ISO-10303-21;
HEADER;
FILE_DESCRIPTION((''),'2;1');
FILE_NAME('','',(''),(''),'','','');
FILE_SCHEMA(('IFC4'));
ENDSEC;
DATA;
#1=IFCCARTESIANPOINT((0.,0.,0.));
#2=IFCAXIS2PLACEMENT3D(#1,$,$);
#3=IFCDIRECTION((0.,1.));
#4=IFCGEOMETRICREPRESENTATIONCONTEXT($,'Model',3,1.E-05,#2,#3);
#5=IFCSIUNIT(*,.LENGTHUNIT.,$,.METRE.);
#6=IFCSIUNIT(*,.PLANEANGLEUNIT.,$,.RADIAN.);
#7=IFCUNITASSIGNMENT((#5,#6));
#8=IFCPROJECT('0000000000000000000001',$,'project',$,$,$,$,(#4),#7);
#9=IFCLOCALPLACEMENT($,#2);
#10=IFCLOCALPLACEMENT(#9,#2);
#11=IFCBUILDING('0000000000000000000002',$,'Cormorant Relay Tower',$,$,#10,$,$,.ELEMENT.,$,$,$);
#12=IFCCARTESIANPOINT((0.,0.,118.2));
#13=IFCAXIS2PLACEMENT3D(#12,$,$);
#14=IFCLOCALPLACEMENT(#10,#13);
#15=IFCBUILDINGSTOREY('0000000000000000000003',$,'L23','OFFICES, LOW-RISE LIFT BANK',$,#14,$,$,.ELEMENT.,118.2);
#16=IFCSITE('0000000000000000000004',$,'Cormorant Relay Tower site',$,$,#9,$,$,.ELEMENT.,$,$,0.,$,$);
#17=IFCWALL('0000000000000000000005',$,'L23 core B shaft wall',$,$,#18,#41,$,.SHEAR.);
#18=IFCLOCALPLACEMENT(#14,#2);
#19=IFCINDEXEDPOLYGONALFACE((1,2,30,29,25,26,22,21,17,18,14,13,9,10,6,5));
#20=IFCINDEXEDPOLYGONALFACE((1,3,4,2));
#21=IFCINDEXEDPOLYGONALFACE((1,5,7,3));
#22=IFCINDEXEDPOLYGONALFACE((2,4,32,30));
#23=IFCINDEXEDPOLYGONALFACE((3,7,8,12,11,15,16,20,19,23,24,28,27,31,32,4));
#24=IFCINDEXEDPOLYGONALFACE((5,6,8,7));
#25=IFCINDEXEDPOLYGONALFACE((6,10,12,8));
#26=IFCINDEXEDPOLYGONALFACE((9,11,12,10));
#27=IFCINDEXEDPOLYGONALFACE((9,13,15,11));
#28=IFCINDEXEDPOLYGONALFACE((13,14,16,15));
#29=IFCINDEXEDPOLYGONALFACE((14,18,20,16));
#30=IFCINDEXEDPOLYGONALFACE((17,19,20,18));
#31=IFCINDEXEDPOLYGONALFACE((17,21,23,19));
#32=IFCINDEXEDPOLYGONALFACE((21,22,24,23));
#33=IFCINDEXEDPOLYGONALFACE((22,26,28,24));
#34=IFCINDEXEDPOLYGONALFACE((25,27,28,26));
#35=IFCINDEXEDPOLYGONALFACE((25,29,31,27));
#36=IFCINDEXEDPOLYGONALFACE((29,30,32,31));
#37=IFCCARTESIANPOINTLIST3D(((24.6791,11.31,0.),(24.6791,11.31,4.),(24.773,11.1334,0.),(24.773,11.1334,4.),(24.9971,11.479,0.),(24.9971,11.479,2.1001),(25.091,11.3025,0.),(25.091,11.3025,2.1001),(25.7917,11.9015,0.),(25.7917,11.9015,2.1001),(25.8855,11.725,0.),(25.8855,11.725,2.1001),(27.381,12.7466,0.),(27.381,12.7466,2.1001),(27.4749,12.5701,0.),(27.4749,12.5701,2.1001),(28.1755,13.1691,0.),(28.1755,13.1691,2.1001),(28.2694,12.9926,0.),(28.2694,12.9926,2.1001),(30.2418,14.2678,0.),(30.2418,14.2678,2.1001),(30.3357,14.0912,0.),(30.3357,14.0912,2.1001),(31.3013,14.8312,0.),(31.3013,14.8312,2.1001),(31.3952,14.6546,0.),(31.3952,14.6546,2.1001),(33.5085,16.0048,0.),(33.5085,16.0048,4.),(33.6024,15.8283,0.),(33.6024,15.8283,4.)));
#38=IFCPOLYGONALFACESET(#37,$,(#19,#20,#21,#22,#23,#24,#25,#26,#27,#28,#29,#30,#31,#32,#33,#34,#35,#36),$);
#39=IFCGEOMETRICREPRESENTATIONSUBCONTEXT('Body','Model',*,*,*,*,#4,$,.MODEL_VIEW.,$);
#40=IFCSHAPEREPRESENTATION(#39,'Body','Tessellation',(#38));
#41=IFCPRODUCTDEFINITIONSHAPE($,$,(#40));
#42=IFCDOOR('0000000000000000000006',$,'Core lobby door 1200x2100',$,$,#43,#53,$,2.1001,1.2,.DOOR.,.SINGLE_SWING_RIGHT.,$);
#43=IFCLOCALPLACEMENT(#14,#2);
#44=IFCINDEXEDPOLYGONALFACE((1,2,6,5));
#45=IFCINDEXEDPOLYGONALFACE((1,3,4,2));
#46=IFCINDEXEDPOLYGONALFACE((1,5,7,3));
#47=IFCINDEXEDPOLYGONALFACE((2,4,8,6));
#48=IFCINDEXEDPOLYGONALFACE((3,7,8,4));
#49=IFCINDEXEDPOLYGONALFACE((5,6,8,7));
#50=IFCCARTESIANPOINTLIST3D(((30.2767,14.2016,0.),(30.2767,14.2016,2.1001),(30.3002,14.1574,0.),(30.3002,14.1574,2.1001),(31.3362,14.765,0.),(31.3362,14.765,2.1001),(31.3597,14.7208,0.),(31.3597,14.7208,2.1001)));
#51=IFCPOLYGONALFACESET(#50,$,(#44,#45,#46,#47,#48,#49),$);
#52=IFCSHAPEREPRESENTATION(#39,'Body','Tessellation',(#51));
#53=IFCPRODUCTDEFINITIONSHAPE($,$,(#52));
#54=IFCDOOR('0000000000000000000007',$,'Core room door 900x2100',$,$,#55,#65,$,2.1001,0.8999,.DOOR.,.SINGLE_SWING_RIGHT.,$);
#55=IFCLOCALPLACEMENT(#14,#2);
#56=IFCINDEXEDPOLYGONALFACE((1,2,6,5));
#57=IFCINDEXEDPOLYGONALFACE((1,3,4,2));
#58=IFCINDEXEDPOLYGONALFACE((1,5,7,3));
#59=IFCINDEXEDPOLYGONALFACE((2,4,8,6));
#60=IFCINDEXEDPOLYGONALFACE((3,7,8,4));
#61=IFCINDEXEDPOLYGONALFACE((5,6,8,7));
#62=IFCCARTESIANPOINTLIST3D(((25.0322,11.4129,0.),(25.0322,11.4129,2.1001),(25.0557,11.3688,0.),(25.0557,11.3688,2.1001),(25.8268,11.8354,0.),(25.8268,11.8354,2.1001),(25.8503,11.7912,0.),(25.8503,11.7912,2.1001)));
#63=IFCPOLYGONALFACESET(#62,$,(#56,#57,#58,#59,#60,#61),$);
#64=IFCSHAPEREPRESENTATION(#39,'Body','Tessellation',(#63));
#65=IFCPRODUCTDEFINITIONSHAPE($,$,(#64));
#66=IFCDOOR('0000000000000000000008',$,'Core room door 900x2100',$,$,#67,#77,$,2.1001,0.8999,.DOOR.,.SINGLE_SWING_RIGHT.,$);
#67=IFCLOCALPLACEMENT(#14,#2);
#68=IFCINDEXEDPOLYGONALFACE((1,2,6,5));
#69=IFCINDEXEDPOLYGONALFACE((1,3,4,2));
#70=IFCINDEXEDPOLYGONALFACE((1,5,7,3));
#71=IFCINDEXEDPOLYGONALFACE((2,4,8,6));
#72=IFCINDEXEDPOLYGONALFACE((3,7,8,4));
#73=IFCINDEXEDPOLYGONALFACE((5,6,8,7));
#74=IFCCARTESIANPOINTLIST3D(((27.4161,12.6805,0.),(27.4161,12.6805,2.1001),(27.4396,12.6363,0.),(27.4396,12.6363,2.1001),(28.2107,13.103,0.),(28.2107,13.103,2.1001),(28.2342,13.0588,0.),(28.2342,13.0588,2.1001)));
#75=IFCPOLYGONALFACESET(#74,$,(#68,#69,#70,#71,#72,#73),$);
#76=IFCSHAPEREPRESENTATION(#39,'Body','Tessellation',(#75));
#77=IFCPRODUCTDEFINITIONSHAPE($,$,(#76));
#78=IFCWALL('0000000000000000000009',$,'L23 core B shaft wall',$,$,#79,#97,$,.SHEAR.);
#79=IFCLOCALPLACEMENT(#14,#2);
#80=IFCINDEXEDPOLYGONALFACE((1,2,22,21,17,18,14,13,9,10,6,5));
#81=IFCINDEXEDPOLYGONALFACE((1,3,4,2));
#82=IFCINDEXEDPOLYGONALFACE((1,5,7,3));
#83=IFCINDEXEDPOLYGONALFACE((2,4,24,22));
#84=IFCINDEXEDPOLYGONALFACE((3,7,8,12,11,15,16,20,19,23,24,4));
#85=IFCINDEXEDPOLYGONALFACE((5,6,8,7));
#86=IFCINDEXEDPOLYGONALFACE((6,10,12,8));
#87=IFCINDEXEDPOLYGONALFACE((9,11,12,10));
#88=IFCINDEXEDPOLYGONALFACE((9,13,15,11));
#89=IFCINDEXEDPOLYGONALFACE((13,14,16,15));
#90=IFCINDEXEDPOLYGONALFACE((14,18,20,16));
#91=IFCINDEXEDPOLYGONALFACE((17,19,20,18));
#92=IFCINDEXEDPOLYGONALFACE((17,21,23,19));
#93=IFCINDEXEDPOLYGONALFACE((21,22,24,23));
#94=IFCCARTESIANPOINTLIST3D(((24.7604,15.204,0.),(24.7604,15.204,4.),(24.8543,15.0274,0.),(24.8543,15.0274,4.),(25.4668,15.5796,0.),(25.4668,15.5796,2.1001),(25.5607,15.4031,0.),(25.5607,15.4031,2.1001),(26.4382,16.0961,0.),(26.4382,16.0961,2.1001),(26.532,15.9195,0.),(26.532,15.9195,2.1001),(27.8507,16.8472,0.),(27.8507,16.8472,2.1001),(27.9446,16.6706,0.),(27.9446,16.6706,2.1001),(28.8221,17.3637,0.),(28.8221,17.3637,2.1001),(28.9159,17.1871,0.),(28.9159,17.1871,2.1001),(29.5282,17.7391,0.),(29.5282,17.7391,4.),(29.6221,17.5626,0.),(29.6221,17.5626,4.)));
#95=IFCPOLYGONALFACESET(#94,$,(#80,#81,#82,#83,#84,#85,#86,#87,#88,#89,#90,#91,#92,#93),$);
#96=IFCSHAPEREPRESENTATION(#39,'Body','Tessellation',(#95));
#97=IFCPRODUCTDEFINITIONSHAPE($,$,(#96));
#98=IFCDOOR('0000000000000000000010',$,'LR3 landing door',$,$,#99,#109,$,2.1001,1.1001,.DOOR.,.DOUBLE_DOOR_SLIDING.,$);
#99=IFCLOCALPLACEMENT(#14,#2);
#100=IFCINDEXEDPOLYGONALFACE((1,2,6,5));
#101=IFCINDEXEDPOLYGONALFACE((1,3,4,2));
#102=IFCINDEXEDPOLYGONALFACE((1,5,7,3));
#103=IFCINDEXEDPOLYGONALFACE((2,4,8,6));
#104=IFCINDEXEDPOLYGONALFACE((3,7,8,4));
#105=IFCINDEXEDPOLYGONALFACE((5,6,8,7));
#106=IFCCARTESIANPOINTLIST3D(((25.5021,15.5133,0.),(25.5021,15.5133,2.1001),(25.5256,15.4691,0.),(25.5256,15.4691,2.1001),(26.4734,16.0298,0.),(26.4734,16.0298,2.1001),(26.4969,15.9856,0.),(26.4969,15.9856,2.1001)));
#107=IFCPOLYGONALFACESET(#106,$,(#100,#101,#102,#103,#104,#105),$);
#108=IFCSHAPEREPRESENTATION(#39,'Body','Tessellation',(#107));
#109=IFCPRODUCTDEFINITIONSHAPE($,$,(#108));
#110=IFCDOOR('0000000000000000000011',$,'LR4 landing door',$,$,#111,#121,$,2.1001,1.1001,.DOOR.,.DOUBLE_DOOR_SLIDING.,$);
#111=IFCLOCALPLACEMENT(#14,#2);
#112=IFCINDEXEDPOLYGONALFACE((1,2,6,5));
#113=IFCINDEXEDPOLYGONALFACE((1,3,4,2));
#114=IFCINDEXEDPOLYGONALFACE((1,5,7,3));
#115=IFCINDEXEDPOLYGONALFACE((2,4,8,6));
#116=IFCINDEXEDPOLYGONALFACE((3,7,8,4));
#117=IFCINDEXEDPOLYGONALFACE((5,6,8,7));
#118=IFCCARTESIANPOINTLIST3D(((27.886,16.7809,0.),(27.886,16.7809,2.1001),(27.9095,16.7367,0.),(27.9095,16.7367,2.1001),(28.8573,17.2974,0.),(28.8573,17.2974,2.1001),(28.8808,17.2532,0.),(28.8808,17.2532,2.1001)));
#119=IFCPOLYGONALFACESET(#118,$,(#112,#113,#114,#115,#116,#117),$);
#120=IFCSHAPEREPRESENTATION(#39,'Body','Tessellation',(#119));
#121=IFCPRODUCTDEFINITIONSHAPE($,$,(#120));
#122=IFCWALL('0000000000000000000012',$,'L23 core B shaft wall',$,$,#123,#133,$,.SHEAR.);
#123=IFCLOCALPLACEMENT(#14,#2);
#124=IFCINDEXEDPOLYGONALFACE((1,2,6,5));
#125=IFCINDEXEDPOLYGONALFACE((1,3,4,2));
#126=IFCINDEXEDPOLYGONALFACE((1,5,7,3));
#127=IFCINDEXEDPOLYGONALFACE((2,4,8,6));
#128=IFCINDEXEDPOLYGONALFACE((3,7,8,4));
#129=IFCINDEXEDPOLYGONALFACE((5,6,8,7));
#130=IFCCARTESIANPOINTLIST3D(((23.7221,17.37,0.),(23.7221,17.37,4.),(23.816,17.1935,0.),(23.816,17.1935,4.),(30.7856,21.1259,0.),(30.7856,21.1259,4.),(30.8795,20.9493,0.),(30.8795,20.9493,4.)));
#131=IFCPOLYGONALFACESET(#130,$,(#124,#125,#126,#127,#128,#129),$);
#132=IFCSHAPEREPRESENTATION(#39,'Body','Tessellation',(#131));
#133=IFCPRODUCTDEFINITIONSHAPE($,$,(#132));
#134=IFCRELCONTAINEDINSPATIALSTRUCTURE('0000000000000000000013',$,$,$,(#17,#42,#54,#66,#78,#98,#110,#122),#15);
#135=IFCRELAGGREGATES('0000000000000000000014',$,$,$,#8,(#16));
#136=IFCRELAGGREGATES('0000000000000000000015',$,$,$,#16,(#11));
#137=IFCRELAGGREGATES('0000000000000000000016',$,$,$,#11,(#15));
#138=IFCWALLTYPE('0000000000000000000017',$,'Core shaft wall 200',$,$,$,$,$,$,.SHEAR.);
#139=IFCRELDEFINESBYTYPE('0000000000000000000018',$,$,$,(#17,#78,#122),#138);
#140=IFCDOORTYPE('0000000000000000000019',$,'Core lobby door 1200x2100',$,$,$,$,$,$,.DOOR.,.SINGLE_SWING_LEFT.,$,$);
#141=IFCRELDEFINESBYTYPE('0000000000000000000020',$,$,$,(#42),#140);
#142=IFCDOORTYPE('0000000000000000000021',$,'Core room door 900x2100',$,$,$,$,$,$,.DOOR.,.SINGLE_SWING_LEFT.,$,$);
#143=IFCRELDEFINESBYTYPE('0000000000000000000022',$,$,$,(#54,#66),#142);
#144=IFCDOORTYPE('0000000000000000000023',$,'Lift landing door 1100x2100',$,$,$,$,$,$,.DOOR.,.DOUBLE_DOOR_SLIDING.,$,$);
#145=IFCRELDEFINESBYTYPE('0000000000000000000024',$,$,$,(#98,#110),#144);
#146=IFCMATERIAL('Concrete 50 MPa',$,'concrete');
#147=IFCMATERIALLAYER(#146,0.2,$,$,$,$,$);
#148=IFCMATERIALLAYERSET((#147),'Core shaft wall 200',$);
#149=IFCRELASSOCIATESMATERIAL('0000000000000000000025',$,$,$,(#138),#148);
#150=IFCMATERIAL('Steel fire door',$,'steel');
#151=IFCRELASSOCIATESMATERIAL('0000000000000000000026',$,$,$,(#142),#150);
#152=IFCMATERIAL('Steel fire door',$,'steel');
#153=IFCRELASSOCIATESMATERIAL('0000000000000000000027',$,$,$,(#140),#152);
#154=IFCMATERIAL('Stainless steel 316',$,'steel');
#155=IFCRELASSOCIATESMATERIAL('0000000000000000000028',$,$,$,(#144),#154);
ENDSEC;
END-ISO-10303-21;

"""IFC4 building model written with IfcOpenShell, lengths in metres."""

from ifc_helpers import new_model, si_unit, direction, frame, frame_2d, origin, place, context, subcontext, project, spatial, rectangle, extrude, material, layer, layer_set, type_object, element, fill, save


model = new_model("IFC4")

# Units and contexts
model_context = context("Model", 3, precision=1e-05, world=origin(), true_north=direction((0.0, 1.0)))
body_context = subcontext(model_context, "Body", "Model", "MODEL_VIEW")
ifc_project = project(units=[si_unit("LENGTHUNIT", "METRE"), si_unit("PLANEANGLEUNIT", "RADIAN")], contexts=[model_context])

# Site, building, storey
site_placement = place(None, origin())
site = spatial("IfcSite", under=ifc_project, at=site_placement, Name="Cormorant Relay Tower site", CompositionType="ELEMENT", RefElevation=0.0)
building_placement = place(site_placement, origin())
building = spatial("IfcBuilding", under=site, at=building_placement, Name="Cormorant Relay Tower", CompositionType="ELEMENT")
storey_placement = place(building_placement, frame((0.0, 0.0, 118.2)))
storey = spatial("IfcBuildingStorey", under=building, at=storey_placement, Name="L23", Description="OFFICES, LOW-RISE LIFT BANK", CompositionType="ELEMENT", Elevation=118.2)

# Shared definitions
ifc_material_1 = material(Name="Concrete 50 MPa", Category="concrete")
ifc_layer_1 = layer(ifc_material_1, 0.2)
ifc_layer_set_1 = layer_set([ifc_layer_1], Name="Core shaft wall 200")
wall_type_1 = type_object("IfcWallType", Name="Core shaft wall 200", PredefinedType="SHEAR", material=ifc_layer_set_1)

# Shared definitions
ifc_material_2 = material(Name="Steel fire door", Category="steel")
door_type_1 = type_object("IfcDoorType", Name="Core room door 900x2100", OperationType="SINGLE_SWING_LEFT", PredefinedType="DOOR", material=ifc_material_2)

# Walls, openings, doors
wall_1_placement = place(storey_placement, frame((24.7261, 11.2217, 0.0), z_axis=(0.0, 0.0, 1.0), x_axis=(0.88294, 0.469485, 0.0)))
wall_1 = element("IfcWall", 1, at=wall_1_placement, inside=storey, type_object=wall_type_1, Name="L23 core B shaft wall", PredefinedType="SHEAR", context=body_context, shape_type="SweptSolid", body=[
    extrude(rectangle(XDim=10.0, YDim=0.2, at=frame_2d((5.0, 0.0))), origin(), (0.0, 0.0, 1.0), 4.0),
])
opening_1_placement = place(wall_1_placement, frame((6.3, 0.0, 0.0)))
opening_1 = element("IfcOpeningElement", 2, at=opening_1_placement, cuts=wall_1, PredefinedType="OPENING", context=body_context, shape_type="SweptSolid", body=[
    extrude(rectangle(XDim=1.2, YDim=2.1001, at=frame_2d((0.6001, 1.05))), frame((0.0, 0.1099, 0.0), z_axis=(0.0, -1.0, 0.0), x_axis=(1.0, 0.0, 0.0)), (0.0, 0.0, 1.0), 0.22),
])
opening_2_placement = place(wall_1_placement, frame((0.3601, 0.0, 0.0)))
opening_2 = element("IfcOpeningElement", 3, at=opening_2_placement, cuts=wall_1, PredefinedType="OPENING", context=body_context, shape_type="SweptSolid", body=[
    extrude(rectangle(XDim=0.8999, YDim=2.1001, at=frame_2d((0.45, 1.05))), frame((0.0, 0.1099, 0.0), z_axis=(0.0, -1.0, 0.0), x_axis=(1.0, 0.0, 0.0)), (0.0, 0.0, 1.0), 0.22),
])
opening_3_placement = place(wall_1_placement, frame((3.0601, 0.0, 0.0)))
opening_3 = element("IfcOpeningElement", 4, at=opening_3_placement, cuts=wall_1, PredefinedType="OPENING", context=body_context, shape_type="SweptSolid", body=[
    extrude(rectangle(XDim=0.8999, YDim=2.1001, at=frame_2d((0.45, 1.05))), frame((0.0, 0.1099, 0.0), z_axis=(0.0, -1.0, 0.0), x_axis=(1.0, 0.0, 0.0)), (0.0, 0.0, 1.0), 0.22),
])
ifc_material_3 = material(Name="Steel fire door", Category="steel")
door_type_2 = type_object("IfcDoorType", Name="Core lobby door 1200x2100", OperationType="SINGLE_SWING_LEFT", PredefinedType="DOOR", material=ifc_material_3)
door_1_placement = place(opening_1_placement, frame((1.2, 0.0, 0.0), z_axis=(0.0, 0.0, 1.0), x_axis=(-1.0, 0.0, 0.0)))
door_1 = element("IfcDoor", 5, at=door_1_placement, inside=storey, type_object=door_type_2, Name="Core lobby door 1200x2100", OperationType="SINGLE_SWING_RIGHT", OverallHeight=2.1001, OverallWidth=1.2, PredefinedType="DOOR", context=body_context, shape_type="SweptSolid", body=[
    extrude(rectangle(XDim=1.2, YDim=2.1001, at=frame_2d((0.6001, 1.05))), frame((0.0, 0.0249, 0.0), z_axis=(0.0, -1.0, 0.0), x_axis=(1.0, 0.0, 0.0)), (0.0, 0.0, 1.0), 0.05),
])
fill(opening_1, door_1)
door_2_placement = place(opening_2_placement, frame((0.8999, 0.0, 0.0), z_axis=(0.0, 0.0, 1.0), x_axis=(-1.0, 0.0, 0.0)))
door_2 = element("IfcDoor", 6, at=door_2_placement, inside=storey, type_object=door_type_1, Name="Core room door 900x2100", OperationType="SINGLE_SWING_RIGHT", OverallHeight=2.1001, OverallWidth=0.8999, PredefinedType="DOOR", context=body_context, shape_type="SweptSolid", body=[
    extrude(rectangle(XDim=0.8999, YDim=2.1001, at=frame_2d((0.45, 1.05))), frame((0.0, 0.0249, 0.0), z_axis=(0.0, -1.0, 0.0), x_axis=(1.0, 0.0, 0.0)), (0.0, 0.0, 1.0), 0.05),
])
fill(opening_2, door_2)
door_3_placement = place(opening_3_placement, frame((0.8999, 0.0, 0.0), z_axis=(0.0, 0.0, 1.0), x_axis=(-1.0, 0.0, 0.0)))
door_3 = element("IfcDoor", 7, at=door_3_placement, inside=storey, type_object=door_type_1, Name="Core room door 900x2100", OperationType="SINGLE_SWING_RIGHT", OverallHeight=2.1001, OverallWidth=0.8999, PredefinedType="DOOR", context=body_context, shape_type="SweptSolid", body=[
    extrude(rectangle(XDim=0.8999, YDim=2.1001, at=frame_2d((0.45, 1.05))), frame((0.0, 0.0249, 0.0), z_axis=(0.0, -1.0, 0.0), x_axis=(1.0, 0.0, 0.0)), (0.0, 0.0, 1.0), 0.05),
])
fill(opening_3, door_3)
wall_2_placement = place(storey_placement, frame((24.8074, 15.1157, 0.0), z_axis=(0.0, 0.0, 1.0), x_axis=(0.882943, 0.46948, 0.0)))
wall_2 = element("IfcWall", 8, at=wall_2_placement, inside=storey, type_object=wall_type_1, Name="L23 core B shaft wall", PredefinedType="SHEAR", context=body_context, shape_type="SweptSolid", body=[
    extrude(rectangle(XDim=5.3999, YDim=0.2, at=frame_2d((2.7, 0.0))), origin(), (0.0, 0.0, 1.0), 4.0),
])
opening_4_placement = place(wall_2_placement, frame((0.8, 0.0, 0.0)))
opening_4 = element("IfcOpeningElement", 9, at=opening_4_placement, cuts=wall_2, PredefinedType="OPENING", context=body_context, shape_type="SweptSolid", body=[
    extrude(rectangle(XDim=1.1001, YDim=2.1001, at=frame_2d((0.55, 1.05))), frame((0.0, 0.1099, 0.0), z_axis=(0.0, -1.0, 0.0), x_axis=(1.0, 0.0, 0.0)), (0.0, 0.0, 1.0), 0.22),
])
opening_5_placement = place(wall_2_placement, frame((3.5, 0.0, 0.0)))
opening_5 = element("IfcOpeningElement", 10, at=opening_5_placement, cuts=wall_2, PredefinedType="OPENING", context=body_context, shape_type="SweptSolid", body=[
    extrude(rectangle(XDim=1.1001, YDim=2.1001, at=frame_2d((0.55, 1.05))), frame((0.0, 0.1099, 0.0), z_axis=(0.0, -1.0, 0.0), x_axis=(1.0, 0.0, 0.0)), (0.0, 0.0, 1.0), 0.22),
])
ifc_material_4 = material(Name="Stainless steel 316", Category="steel")
door_type_3 = type_object("IfcDoorType", Name="Lift landing door 1100x2100", OperationType="DOUBLE_DOOR_SLIDING", PredefinedType="DOOR", material=ifc_material_4)
door_4_placement = place(opening_4_placement, origin())
door_4 = element("IfcDoor", 11, at=door_4_placement, inside=storey, type_object=door_type_3, Name="LR3 landing door", OperationType="DOUBLE_DOOR_SLIDING", OverallHeight=2.1001, OverallWidth=1.1001, PredefinedType="DOOR", context=body_context, shape_type="SweptSolid", body=[
    extrude(rectangle(XDim=1.1001, YDim=2.1001, at=frame_2d((0.55, 1.05))), frame((0.0, 0.0249, 0.0), z_axis=(0.0, -1.0, 0.0), x_axis=(1.0, 0.0, 0.0)), (0.0, 0.0, 1.0), 0.05),
])
fill(opening_4, door_4)
door_5_placement = place(opening_5_placement, origin())
door_5 = element("IfcDoor", 12, at=door_5_placement, inside=storey, type_object=door_type_3, Name="LR4 landing door", OperationType="DOUBLE_DOOR_SLIDING", OverallHeight=2.1001, OverallWidth=1.1001, PredefinedType="DOOR", context=body_context, shape_type="SweptSolid", body=[
    extrude(rectangle(XDim=1.1001, YDim=2.1001, at=frame_2d((0.55, 1.05))), frame((0.0, 0.0249, 0.0), z_axis=(0.0, -1.0, 0.0), x_axis=(1.0, 0.0, 0.0)), (0.0, 0.0, 1.0), 0.05),
])
fill(opening_5, door_5)

# Wall
wall_3_placement = place(storey_placement, frame((23.769, 17.2817, 0.0), z_axis=(0.0, 0.0, 1.0), x_axis=(0.88294, 0.469485, 0.0)))
element("IfcWall", 13, at=wall_3_placement, inside=storey, type_object=wall_type_1, Name="L23 core B shaft wall", PredefinedType="SHEAR", context=body_context, shape_type="SweptSolid", body=[
    extrude(rectangle(XDim=8.0, YDim=0.2, at=frame_2d((4.0, 0.0))), origin(), (0.0, 0.0, 1.0), 4.0),
])

save(model, "model.ifc")
